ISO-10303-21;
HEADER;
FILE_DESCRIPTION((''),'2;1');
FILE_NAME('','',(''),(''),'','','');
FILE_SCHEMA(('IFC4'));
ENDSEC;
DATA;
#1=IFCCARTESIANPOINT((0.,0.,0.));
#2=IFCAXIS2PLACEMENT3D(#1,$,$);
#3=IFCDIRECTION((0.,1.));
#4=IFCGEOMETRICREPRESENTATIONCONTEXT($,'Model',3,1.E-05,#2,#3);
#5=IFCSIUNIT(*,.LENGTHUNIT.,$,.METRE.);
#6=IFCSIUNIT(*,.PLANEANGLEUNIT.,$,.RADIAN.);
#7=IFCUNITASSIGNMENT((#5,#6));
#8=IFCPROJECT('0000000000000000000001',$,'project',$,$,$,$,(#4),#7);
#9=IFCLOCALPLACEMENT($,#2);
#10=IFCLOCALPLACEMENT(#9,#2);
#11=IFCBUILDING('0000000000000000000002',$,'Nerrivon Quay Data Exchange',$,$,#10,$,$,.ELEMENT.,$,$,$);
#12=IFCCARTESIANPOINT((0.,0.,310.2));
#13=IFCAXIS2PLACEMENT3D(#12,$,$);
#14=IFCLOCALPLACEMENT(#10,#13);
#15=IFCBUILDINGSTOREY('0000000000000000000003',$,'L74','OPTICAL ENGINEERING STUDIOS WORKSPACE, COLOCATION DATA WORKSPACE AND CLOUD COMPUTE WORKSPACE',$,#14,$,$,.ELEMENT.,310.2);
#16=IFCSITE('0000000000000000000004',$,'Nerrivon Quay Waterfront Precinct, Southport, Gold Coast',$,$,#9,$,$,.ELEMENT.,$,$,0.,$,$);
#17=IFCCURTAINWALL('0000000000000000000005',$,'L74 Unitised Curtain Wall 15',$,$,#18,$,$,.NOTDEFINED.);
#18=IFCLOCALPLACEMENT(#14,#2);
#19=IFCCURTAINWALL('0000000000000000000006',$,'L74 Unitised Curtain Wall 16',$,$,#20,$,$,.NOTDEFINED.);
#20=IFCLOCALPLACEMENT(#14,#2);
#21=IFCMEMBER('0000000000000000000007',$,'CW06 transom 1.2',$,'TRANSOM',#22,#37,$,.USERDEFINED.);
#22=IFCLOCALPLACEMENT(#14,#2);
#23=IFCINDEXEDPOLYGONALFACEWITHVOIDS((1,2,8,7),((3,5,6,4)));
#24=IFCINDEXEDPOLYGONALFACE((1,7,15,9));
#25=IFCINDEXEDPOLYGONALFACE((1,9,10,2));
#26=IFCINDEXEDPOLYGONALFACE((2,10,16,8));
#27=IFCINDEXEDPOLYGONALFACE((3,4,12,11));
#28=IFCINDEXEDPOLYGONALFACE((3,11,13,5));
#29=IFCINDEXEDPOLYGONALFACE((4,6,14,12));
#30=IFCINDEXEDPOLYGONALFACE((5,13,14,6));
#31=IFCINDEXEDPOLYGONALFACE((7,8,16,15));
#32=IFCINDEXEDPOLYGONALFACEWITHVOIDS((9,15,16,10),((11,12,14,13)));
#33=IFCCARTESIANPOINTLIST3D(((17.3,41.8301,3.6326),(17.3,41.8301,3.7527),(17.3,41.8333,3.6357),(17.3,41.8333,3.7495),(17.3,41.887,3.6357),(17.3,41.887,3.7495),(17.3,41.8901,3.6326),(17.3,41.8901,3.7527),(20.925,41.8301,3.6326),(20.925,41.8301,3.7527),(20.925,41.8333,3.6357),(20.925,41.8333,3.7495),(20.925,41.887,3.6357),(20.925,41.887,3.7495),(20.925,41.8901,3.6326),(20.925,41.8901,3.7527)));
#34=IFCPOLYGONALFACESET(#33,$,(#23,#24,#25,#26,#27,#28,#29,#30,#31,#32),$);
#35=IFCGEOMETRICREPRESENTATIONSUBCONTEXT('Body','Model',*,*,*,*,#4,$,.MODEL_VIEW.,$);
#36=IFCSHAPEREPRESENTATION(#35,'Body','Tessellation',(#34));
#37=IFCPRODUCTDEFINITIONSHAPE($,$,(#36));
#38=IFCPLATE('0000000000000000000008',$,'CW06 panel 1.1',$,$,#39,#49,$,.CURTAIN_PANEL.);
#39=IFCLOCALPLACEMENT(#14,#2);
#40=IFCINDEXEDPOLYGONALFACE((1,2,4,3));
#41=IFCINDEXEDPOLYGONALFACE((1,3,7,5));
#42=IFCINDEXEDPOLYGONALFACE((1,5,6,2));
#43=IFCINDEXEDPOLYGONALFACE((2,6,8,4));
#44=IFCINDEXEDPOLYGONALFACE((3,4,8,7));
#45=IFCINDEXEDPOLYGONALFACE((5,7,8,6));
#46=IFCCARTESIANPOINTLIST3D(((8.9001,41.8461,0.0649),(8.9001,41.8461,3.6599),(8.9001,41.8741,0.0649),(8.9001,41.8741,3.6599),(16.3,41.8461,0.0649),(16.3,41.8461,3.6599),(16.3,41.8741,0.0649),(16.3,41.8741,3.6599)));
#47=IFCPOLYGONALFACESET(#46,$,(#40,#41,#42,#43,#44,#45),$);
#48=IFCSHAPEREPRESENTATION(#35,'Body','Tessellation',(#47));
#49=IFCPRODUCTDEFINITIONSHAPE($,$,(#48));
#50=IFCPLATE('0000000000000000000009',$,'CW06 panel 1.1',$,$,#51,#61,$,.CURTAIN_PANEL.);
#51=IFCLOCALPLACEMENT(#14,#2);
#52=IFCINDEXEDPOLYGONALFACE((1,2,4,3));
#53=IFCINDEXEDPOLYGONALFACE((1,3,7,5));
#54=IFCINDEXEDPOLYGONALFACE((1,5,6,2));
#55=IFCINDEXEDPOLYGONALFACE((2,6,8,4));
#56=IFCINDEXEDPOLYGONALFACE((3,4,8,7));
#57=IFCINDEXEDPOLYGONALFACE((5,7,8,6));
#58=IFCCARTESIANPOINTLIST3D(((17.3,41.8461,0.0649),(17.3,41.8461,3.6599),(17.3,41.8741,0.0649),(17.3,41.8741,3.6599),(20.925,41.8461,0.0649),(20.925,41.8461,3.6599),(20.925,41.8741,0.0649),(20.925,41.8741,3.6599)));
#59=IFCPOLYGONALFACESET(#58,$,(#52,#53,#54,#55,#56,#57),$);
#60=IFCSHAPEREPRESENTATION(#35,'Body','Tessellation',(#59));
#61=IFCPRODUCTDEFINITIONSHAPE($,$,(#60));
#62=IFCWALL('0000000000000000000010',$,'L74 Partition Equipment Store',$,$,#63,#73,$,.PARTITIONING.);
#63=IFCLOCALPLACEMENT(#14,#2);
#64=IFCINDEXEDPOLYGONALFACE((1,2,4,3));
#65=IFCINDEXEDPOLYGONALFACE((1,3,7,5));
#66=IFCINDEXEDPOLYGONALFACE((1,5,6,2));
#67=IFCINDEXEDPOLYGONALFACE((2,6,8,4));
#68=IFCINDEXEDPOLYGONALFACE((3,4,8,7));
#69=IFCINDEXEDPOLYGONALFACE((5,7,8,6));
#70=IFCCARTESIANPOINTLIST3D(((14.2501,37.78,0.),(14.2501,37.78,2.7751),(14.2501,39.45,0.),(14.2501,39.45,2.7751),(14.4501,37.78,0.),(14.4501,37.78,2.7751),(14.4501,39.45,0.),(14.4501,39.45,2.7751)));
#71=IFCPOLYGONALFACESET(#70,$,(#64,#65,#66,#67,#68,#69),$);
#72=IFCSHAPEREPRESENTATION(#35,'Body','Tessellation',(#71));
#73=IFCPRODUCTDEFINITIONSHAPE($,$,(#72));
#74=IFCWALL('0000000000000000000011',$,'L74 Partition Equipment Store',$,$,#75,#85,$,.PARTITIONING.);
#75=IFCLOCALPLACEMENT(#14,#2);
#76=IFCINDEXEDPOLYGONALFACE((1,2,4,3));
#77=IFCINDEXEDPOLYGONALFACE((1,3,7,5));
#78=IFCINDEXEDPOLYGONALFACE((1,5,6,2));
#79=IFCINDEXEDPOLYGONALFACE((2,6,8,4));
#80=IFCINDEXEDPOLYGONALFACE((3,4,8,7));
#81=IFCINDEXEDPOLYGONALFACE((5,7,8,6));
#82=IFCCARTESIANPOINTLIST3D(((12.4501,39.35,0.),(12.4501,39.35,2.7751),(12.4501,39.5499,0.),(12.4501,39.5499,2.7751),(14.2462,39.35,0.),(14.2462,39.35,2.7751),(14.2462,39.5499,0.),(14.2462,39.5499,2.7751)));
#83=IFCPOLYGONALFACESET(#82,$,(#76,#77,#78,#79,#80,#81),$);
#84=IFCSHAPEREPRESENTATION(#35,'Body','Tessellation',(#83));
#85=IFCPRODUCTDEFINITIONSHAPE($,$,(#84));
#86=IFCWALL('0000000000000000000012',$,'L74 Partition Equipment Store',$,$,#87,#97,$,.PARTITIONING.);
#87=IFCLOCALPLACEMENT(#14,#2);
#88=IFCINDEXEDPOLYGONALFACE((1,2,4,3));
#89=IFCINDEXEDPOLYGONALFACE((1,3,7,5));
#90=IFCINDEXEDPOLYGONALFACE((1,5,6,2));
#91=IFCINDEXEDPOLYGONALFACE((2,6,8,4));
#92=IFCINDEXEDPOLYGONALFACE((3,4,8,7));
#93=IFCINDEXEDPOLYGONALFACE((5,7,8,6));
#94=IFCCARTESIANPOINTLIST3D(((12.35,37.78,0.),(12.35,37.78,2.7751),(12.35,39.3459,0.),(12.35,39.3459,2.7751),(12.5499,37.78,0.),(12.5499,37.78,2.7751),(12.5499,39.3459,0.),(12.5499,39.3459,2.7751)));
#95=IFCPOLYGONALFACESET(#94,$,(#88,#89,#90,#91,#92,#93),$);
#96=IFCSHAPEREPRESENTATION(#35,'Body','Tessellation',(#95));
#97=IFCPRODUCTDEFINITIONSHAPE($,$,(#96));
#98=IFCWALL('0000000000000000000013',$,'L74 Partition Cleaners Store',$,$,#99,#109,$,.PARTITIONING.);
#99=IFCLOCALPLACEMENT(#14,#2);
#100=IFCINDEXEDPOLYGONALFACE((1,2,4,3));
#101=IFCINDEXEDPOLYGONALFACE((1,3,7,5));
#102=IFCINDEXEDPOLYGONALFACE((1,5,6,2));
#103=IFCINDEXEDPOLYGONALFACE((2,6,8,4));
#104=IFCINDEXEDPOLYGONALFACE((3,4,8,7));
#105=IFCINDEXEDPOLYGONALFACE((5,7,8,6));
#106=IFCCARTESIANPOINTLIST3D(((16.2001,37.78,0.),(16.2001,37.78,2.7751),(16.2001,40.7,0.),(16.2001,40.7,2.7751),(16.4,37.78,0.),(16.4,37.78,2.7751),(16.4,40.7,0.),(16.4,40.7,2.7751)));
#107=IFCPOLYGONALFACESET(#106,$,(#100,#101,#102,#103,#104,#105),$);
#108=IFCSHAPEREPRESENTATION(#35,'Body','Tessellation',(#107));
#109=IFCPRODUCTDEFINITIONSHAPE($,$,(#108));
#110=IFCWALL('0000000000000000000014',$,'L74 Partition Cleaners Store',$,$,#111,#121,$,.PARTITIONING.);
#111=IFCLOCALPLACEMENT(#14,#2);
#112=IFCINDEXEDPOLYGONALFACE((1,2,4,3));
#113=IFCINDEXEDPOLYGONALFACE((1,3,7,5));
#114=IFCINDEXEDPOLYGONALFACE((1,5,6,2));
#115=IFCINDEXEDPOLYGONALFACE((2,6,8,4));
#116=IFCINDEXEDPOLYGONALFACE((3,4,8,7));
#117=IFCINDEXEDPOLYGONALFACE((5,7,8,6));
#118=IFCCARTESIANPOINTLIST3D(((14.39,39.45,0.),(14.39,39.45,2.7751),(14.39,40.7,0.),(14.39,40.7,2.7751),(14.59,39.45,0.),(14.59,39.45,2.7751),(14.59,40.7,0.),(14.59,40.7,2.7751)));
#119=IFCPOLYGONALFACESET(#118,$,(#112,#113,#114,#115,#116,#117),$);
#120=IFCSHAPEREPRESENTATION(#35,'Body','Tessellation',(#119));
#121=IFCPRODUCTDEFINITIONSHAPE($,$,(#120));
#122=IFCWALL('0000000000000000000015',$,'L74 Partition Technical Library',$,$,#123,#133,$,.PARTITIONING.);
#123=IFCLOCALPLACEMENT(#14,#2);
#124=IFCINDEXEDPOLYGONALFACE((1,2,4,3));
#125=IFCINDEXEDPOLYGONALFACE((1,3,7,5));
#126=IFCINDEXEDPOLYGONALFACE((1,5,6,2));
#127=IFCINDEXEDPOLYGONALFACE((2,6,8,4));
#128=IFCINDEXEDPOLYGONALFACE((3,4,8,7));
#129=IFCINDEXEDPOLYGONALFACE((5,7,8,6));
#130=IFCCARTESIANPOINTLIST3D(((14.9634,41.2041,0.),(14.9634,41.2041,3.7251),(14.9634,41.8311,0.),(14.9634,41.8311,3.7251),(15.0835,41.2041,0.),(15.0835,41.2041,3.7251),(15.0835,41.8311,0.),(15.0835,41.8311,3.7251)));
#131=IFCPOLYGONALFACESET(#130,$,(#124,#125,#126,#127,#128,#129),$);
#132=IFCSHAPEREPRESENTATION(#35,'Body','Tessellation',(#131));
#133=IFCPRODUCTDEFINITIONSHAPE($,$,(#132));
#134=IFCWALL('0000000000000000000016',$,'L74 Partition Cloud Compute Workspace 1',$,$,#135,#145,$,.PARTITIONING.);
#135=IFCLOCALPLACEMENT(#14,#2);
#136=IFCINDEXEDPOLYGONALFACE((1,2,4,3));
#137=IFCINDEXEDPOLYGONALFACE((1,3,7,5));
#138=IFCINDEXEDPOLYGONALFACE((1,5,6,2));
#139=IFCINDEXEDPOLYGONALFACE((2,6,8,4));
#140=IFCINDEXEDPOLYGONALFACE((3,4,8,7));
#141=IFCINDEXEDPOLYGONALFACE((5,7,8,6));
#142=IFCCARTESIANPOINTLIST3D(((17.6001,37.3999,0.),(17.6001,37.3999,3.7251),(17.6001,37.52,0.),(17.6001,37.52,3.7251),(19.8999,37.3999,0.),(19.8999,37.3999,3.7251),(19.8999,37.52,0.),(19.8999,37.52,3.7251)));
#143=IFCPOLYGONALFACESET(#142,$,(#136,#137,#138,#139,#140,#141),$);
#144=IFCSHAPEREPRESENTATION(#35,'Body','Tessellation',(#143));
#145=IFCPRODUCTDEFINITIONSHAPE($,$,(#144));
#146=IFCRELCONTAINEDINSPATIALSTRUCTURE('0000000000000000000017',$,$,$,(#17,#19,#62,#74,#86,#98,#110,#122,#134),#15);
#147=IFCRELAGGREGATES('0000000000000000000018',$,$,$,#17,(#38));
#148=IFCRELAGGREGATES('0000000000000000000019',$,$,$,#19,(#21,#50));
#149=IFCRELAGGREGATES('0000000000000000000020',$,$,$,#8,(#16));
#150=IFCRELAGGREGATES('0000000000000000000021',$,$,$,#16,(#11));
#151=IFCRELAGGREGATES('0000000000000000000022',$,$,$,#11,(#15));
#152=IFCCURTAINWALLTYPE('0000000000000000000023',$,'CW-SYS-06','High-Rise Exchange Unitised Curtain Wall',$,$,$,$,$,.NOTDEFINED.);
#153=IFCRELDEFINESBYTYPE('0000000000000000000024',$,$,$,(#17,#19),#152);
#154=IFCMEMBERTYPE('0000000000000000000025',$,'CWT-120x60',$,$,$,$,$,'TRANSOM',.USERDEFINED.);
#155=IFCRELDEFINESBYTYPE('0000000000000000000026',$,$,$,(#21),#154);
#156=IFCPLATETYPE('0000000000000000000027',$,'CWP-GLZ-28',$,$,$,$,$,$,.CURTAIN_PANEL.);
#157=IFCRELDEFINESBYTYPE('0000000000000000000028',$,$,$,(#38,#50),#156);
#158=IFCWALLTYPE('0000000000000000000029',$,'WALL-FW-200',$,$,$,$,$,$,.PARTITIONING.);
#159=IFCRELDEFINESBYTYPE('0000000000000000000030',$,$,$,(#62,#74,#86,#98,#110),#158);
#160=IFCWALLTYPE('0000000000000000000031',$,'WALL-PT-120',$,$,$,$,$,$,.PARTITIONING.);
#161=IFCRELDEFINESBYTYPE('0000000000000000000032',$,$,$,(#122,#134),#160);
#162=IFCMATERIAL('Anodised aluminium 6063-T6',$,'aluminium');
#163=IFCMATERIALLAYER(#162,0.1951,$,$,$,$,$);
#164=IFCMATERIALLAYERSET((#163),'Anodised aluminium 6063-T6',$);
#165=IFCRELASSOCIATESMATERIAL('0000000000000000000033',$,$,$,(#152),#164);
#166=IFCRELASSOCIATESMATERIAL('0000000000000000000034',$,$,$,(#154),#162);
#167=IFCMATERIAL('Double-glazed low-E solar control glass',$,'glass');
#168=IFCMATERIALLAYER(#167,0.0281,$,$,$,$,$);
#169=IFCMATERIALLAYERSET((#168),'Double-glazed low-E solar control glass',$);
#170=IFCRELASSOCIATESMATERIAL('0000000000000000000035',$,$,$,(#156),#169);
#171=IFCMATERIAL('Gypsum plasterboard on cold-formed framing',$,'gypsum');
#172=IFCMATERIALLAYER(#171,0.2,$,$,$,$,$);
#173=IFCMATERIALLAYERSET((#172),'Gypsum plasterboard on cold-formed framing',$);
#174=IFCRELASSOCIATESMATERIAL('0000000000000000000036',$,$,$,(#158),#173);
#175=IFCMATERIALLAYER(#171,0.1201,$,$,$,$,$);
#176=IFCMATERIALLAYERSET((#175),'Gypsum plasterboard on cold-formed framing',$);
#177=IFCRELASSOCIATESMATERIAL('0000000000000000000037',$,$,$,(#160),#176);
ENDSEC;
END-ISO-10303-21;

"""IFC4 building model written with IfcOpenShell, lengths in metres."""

from ifc_helpers import new_model, si_unit, direction, frame, frame_2d, origin, origin_2d, place, context, subcontext, project, spatial, rectangle, hollow_rectangle, extrude, material, layer, layer_set, material_profile, profile_set, type_object, element, aggregate, save


model = new_model("IFC4")

# Units and contexts
model_context = context("Model", 3, precision=1e-05, world=origin(), true_north=direction((0.0, 1.0)))
body_context = subcontext(model_context, "Body", "Model", "MODEL_VIEW")
ifc_project = project(units=[si_unit("LENGTHUNIT", "METRE"), si_unit("PLANEANGLEUNIT", "RADIAN")], contexts=[model_context])

# Site, building, storey
site_placement = place(None, origin())
site = spatial("IfcSite", under=ifc_project, at=site_placement, Name="Nerrivon Quay Waterfront Precinct, Southport, Gold Coast", CompositionType="ELEMENT", RefElevation=0.0)
building_placement = place(site_placement, origin())
building = spatial("IfcBuilding", under=site, at=building_placement, Name="Nerrivon Quay Data Exchange", CompositionType="ELEMENT")
storey_placement = place(building_placement, frame((0.0, 0.0, 310.2)))
storey = spatial("IfcBuildingStorey", under=building, at=storey_placement, Name="L74", Description="OPTICAL ENGINEERING STUDIOS WORKSPACE, COLOCATION DATA WORKSPACE AND CLOUD COMPUTE WORKSPACE", CompositionType="ELEMENT", Elevation=310.2)

# Curtain wall
ifc_material_1 = material(Name="Anodised aluminium 6063-T6", Category="aluminium")
ifc_layer_1 = layer(ifc_material_1, 0.1951)
ifc_layer_set_1 = layer_set([ifc_layer_1], Name="Anodised aluminium 6063-T6")
curtain_wall_type = type_object("IfcCurtainWallType", Name="CW-SYS-06", Description="High-Rise Exchange Unitised Curtain Wall", PredefinedType="NOTDEFINED", material=ifc_layer_set_1)
curtain_wall_1_placement = place(storey_placement, origin())
curtain_wall_1 = element("IfcCurtainWall", 1, at=curtain_wall_1_placement, inside=storey, type_object=curtain_wall_type, Name="L74 Unitised Curtain Wall 15", PredefinedType="NOTDEFINED")

# Curtain wall, member
curtain_wall_2_placement = place(storey_placement, origin())
curtain_wall_2 = element("IfcCurtainWall", 2, at=curtain_wall_2_placement, inside=storey, type_object=curtain_wall_type, Name="L74 Unitised Curtain Wall 16", PredefinedType="NOTDEFINED")
ifc_material_profile_1 = material_profile(ifc_material_1, hollow_rectangle(XDim=0.0601, YDim=0.1201, WallThickness=0.0032, at=origin_2d()), Name="ALU-TRAN-120x60")
ifc_profile_set_1 = profile_set([ifc_material_profile_1], Name="Anodised aluminium 6063-T6")
member_type_1 = type_object("IfcMemberType", Name="CWT-120x60", ElementType="TRANSOM", PredefinedType="USERDEFINED", material=ifc_profile_set_1)
member_1_placement = place(storey_placement, frame((17.3, 41.8601, 3.6926), z_axis=(1.0, 0.0, 0.0), x_axis=(0.0, 1.0, 0.0)))
member_1 = element("IfcMember", 3, at=member_1_placement, type_object=member_type_1, Name="CW06 transom 1.2", ObjectType="TRANSOM", PredefinedType="USERDEFINED", context=body_context, shape_type="SweptSolid", body=[
    extrude(hollow_rectangle(XDim=0.0601, YDim=0.1201, WallThickness=0.0032, at=origin_2d()), origin(), (0.0, 0.0, 1.0), 3.625),
])

# Plates
ifc_material_2 = material(Name="Double-glazed low-E solar control glass", Category="glass")
ifc_layer_2 = layer(ifc_material_2, 0.0281)
ifc_layer_set_2 = layer_set([ifc_layer_2], Name="Double-glazed low-E solar control glass")
plate_type = type_object("IfcPlateType", Name="CWP-GLZ-28", PredefinedType="CURTAIN_PANEL", material=ifc_layer_set_2)
plate_1_placement = place(storey_placement, frame((12.6001, 41.8601, 0.0649), z_axis=(0.0, 0.0, 1.0), x_axis=(1.0, 0.0, 0.0)))
plate_1 = element("IfcPlate", 4, at=plate_1_placement, type_object=plate_type, Name="CW06 panel 1.1", PredefinedType="CURTAIN_PANEL", context=body_context, shape_type="SweptSolid", body=[
    extrude(rectangle(XDim=7.3999, YDim=0.0281, at=origin_2d()), origin(), (0.0, 0.0, 1.0), 3.595),
])
aggregate(curtain_wall_1, [plate_1])
plate_2_placement = place(storey_placement, frame((19.1125, 41.8601, 0.0649), z_axis=(0.0, 0.0, 1.0), x_axis=(1.0, 0.0, 0.0)))
plate_2 = element("IfcPlate", 5, at=plate_2_placement, type_object=plate_type, Name="CW06 panel 1.1", PredefinedType="CURTAIN_PANEL", context=body_context, shape_type="SweptSolid", body=[
    extrude(rectangle(XDim=3.625, YDim=0.0281, at=origin_2d()), origin(), (0.0, 0.0, 1.0), 3.595),
])
aggregate(curtain_wall_2, [member_1, plate_2])

# Walls
ifc_material_3 = material(Name="Gypsum plasterboard on cold-formed framing", Category="gypsum")
ifc_layer_3 = layer(ifc_material_3, 0.2)
ifc_layer_set_3 = layer_set([ifc_layer_3], Name="Gypsum plasterboard on cold-formed framing")
wall_type_1 = type_object("IfcWallType", Name="WALL-FW-200", PredefinedType="PARTITIONING", material=ifc_layer_set_3)
wall_1_placement = place(storey_placement, frame((14.3501, 37.78, 0.0), z_axis=(0.0, 0.0, 1.0), x_axis=(0.0, 1.0, 0.0)))
element("IfcWall", 6, at=wall_1_placement, inside=storey, type_object=wall_type_1, Name="L74 Partition Equipment Store", PredefinedType="PARTITIONING", context=body_context, shape_type="SweptSolid", body=[
    extrude(rectangle(XDim=1.6699, YDim=0.2, at=frame_2d((0.835, 0.0))), origin(), (0.0, 0.0, 1.0), 2.7751),
])
wall_2_placement = place(storey_placement, frame((14.2461, 39.45, 0.0), z_axis=(0.0, 0.0, 1.0), x_axis=(-1.0, 0.0, 0.0)))
element("IfcWall", 7, at=wall_2_placement, inside=storey, type_object=wall_type_1, Name="L74 Partition Equipment Store", PredefinedType="PARTITIONING", context=body_context, shape_type="SweptSolid", body=[
    extrude(rectangle(XDim=1.7961, YDim=0.2, at=frame_2d((0.8979, 0.0))), origin(), (0.0, 0.0, 1.0), 2.7751),
])
wall_3_placement = place(storey_placement, frame((12.45, 39.3459, 0.0), z_axis=(0.0, 0.0, 1.0), x_axis=(0.0, -1.0, 0.0)))
element("IfcWall", 8, at=wall_3_placement, inside=storey, type_object=wall_type_1, Name="L74 Partition Equipment Store", PredefinedType="PARTITIONING", context=body_context, shape_type="SweptSolid", body=[
    extrude(rectangle(XDim=1.5659, YDim=0.2, at=frame_2d((0.783, 0.0))), origin(), (0.0, 0.0, 1.0), 2.7751),
])
wall_4_placement = place(storey_placement, frame((16.3, 37.78, 0.0), z_axis=(0.0, 0.0, 1.0), x_axis=(0.0, 1.0, 0.0)))
element("IfcWall", 9, at=wall_4_placement, inside=storey, type_object=wall_type_1, Name="L74 Partition Cleaners Store", PredefinedType="PARTITIONING", context=body_context, shape_type="SweptSolid", body=[
    extrude(rectangle(XDim=2.9199, YDim=0.2, at=frame_2d((1.46, 0.0))), origin(), (0.0, 0.0, 1.0), 2.7751),
])
wall_5_placement = place(storey_placement, frame((14.49, 40.7, 0.0), z_axis=(0.0, 0.0, 1.0), x_axis=(0.0, -1.0, 0.0)))
element("IfcWall", 10, at=wall_5_placement, inside=storey, type_object=wall_type_1, Name="L74 Partition Cleaners Store", PredefinedType="PARTITIONING", context=body_context, shape_type="SweptSolid", body=[
    extrude(rectangle(XDim=1.25, YDim=0.2, at=frame_2d((0.625, 0.0))), origin(), (0.0, 0.0, 1.0), 2.7751),
])
ifc_layer_4 = layer(ifc_material_3, 0.1201)
ifc_layer_set_4 = layer_set([ifc_layer_4], Name="Gypsum plasterboard on cold-formed framing")
wall_type_2 = type_object("IfcWallType", Name="WALL-PT-120", PredefinedType="PARTITIONING", material=ifc_layer_set_4)
wall_6_placement = place(storey_placement, frame((15.0234, 41.2041, 0.0), z_axis=(0.0, 0.0, 1.0), x_axis=(0.0, 1.0, 0.0)))
element("IfcWall", 11, at=wall_6_placement, inside=storey, type_object=wall_type_2, Name="L74 Partition Technical Library", PredefinedType="PARTITIONING", context=body_context, shape_type="SweptSolid", body=[
    extrude(rectangle(XDim=0.627, YDim=0.1201, at=frame_2d((0.3135, 0.0))), origin(), (0.0, 0.0, 1.0), 3.7251),
])
wall_7_placement = place(storey_placement, frame((17.6001, 37.46, 0.0), z_axis=(0.0, 0.0, 1.0), x_axis=(1.0, 0.0, 0.0)))
element("IfcWall", 12, at=wall_7_placement, inside=storey, type_object=wall_type_2, Name="L74 Partition Cloud Compute Workspace 1", PredefinedType="PARTITIONING", context=body_context, shape_type="SweptSolid", body=[
    extrude(rectangle(XDim=2.2998, YDim=0.1201, at=frame_2d((1.1499, 0.0))), origin(), (0.0, 0.0, 1.0), 3.7251),
])

save(model, "model.ifc")
